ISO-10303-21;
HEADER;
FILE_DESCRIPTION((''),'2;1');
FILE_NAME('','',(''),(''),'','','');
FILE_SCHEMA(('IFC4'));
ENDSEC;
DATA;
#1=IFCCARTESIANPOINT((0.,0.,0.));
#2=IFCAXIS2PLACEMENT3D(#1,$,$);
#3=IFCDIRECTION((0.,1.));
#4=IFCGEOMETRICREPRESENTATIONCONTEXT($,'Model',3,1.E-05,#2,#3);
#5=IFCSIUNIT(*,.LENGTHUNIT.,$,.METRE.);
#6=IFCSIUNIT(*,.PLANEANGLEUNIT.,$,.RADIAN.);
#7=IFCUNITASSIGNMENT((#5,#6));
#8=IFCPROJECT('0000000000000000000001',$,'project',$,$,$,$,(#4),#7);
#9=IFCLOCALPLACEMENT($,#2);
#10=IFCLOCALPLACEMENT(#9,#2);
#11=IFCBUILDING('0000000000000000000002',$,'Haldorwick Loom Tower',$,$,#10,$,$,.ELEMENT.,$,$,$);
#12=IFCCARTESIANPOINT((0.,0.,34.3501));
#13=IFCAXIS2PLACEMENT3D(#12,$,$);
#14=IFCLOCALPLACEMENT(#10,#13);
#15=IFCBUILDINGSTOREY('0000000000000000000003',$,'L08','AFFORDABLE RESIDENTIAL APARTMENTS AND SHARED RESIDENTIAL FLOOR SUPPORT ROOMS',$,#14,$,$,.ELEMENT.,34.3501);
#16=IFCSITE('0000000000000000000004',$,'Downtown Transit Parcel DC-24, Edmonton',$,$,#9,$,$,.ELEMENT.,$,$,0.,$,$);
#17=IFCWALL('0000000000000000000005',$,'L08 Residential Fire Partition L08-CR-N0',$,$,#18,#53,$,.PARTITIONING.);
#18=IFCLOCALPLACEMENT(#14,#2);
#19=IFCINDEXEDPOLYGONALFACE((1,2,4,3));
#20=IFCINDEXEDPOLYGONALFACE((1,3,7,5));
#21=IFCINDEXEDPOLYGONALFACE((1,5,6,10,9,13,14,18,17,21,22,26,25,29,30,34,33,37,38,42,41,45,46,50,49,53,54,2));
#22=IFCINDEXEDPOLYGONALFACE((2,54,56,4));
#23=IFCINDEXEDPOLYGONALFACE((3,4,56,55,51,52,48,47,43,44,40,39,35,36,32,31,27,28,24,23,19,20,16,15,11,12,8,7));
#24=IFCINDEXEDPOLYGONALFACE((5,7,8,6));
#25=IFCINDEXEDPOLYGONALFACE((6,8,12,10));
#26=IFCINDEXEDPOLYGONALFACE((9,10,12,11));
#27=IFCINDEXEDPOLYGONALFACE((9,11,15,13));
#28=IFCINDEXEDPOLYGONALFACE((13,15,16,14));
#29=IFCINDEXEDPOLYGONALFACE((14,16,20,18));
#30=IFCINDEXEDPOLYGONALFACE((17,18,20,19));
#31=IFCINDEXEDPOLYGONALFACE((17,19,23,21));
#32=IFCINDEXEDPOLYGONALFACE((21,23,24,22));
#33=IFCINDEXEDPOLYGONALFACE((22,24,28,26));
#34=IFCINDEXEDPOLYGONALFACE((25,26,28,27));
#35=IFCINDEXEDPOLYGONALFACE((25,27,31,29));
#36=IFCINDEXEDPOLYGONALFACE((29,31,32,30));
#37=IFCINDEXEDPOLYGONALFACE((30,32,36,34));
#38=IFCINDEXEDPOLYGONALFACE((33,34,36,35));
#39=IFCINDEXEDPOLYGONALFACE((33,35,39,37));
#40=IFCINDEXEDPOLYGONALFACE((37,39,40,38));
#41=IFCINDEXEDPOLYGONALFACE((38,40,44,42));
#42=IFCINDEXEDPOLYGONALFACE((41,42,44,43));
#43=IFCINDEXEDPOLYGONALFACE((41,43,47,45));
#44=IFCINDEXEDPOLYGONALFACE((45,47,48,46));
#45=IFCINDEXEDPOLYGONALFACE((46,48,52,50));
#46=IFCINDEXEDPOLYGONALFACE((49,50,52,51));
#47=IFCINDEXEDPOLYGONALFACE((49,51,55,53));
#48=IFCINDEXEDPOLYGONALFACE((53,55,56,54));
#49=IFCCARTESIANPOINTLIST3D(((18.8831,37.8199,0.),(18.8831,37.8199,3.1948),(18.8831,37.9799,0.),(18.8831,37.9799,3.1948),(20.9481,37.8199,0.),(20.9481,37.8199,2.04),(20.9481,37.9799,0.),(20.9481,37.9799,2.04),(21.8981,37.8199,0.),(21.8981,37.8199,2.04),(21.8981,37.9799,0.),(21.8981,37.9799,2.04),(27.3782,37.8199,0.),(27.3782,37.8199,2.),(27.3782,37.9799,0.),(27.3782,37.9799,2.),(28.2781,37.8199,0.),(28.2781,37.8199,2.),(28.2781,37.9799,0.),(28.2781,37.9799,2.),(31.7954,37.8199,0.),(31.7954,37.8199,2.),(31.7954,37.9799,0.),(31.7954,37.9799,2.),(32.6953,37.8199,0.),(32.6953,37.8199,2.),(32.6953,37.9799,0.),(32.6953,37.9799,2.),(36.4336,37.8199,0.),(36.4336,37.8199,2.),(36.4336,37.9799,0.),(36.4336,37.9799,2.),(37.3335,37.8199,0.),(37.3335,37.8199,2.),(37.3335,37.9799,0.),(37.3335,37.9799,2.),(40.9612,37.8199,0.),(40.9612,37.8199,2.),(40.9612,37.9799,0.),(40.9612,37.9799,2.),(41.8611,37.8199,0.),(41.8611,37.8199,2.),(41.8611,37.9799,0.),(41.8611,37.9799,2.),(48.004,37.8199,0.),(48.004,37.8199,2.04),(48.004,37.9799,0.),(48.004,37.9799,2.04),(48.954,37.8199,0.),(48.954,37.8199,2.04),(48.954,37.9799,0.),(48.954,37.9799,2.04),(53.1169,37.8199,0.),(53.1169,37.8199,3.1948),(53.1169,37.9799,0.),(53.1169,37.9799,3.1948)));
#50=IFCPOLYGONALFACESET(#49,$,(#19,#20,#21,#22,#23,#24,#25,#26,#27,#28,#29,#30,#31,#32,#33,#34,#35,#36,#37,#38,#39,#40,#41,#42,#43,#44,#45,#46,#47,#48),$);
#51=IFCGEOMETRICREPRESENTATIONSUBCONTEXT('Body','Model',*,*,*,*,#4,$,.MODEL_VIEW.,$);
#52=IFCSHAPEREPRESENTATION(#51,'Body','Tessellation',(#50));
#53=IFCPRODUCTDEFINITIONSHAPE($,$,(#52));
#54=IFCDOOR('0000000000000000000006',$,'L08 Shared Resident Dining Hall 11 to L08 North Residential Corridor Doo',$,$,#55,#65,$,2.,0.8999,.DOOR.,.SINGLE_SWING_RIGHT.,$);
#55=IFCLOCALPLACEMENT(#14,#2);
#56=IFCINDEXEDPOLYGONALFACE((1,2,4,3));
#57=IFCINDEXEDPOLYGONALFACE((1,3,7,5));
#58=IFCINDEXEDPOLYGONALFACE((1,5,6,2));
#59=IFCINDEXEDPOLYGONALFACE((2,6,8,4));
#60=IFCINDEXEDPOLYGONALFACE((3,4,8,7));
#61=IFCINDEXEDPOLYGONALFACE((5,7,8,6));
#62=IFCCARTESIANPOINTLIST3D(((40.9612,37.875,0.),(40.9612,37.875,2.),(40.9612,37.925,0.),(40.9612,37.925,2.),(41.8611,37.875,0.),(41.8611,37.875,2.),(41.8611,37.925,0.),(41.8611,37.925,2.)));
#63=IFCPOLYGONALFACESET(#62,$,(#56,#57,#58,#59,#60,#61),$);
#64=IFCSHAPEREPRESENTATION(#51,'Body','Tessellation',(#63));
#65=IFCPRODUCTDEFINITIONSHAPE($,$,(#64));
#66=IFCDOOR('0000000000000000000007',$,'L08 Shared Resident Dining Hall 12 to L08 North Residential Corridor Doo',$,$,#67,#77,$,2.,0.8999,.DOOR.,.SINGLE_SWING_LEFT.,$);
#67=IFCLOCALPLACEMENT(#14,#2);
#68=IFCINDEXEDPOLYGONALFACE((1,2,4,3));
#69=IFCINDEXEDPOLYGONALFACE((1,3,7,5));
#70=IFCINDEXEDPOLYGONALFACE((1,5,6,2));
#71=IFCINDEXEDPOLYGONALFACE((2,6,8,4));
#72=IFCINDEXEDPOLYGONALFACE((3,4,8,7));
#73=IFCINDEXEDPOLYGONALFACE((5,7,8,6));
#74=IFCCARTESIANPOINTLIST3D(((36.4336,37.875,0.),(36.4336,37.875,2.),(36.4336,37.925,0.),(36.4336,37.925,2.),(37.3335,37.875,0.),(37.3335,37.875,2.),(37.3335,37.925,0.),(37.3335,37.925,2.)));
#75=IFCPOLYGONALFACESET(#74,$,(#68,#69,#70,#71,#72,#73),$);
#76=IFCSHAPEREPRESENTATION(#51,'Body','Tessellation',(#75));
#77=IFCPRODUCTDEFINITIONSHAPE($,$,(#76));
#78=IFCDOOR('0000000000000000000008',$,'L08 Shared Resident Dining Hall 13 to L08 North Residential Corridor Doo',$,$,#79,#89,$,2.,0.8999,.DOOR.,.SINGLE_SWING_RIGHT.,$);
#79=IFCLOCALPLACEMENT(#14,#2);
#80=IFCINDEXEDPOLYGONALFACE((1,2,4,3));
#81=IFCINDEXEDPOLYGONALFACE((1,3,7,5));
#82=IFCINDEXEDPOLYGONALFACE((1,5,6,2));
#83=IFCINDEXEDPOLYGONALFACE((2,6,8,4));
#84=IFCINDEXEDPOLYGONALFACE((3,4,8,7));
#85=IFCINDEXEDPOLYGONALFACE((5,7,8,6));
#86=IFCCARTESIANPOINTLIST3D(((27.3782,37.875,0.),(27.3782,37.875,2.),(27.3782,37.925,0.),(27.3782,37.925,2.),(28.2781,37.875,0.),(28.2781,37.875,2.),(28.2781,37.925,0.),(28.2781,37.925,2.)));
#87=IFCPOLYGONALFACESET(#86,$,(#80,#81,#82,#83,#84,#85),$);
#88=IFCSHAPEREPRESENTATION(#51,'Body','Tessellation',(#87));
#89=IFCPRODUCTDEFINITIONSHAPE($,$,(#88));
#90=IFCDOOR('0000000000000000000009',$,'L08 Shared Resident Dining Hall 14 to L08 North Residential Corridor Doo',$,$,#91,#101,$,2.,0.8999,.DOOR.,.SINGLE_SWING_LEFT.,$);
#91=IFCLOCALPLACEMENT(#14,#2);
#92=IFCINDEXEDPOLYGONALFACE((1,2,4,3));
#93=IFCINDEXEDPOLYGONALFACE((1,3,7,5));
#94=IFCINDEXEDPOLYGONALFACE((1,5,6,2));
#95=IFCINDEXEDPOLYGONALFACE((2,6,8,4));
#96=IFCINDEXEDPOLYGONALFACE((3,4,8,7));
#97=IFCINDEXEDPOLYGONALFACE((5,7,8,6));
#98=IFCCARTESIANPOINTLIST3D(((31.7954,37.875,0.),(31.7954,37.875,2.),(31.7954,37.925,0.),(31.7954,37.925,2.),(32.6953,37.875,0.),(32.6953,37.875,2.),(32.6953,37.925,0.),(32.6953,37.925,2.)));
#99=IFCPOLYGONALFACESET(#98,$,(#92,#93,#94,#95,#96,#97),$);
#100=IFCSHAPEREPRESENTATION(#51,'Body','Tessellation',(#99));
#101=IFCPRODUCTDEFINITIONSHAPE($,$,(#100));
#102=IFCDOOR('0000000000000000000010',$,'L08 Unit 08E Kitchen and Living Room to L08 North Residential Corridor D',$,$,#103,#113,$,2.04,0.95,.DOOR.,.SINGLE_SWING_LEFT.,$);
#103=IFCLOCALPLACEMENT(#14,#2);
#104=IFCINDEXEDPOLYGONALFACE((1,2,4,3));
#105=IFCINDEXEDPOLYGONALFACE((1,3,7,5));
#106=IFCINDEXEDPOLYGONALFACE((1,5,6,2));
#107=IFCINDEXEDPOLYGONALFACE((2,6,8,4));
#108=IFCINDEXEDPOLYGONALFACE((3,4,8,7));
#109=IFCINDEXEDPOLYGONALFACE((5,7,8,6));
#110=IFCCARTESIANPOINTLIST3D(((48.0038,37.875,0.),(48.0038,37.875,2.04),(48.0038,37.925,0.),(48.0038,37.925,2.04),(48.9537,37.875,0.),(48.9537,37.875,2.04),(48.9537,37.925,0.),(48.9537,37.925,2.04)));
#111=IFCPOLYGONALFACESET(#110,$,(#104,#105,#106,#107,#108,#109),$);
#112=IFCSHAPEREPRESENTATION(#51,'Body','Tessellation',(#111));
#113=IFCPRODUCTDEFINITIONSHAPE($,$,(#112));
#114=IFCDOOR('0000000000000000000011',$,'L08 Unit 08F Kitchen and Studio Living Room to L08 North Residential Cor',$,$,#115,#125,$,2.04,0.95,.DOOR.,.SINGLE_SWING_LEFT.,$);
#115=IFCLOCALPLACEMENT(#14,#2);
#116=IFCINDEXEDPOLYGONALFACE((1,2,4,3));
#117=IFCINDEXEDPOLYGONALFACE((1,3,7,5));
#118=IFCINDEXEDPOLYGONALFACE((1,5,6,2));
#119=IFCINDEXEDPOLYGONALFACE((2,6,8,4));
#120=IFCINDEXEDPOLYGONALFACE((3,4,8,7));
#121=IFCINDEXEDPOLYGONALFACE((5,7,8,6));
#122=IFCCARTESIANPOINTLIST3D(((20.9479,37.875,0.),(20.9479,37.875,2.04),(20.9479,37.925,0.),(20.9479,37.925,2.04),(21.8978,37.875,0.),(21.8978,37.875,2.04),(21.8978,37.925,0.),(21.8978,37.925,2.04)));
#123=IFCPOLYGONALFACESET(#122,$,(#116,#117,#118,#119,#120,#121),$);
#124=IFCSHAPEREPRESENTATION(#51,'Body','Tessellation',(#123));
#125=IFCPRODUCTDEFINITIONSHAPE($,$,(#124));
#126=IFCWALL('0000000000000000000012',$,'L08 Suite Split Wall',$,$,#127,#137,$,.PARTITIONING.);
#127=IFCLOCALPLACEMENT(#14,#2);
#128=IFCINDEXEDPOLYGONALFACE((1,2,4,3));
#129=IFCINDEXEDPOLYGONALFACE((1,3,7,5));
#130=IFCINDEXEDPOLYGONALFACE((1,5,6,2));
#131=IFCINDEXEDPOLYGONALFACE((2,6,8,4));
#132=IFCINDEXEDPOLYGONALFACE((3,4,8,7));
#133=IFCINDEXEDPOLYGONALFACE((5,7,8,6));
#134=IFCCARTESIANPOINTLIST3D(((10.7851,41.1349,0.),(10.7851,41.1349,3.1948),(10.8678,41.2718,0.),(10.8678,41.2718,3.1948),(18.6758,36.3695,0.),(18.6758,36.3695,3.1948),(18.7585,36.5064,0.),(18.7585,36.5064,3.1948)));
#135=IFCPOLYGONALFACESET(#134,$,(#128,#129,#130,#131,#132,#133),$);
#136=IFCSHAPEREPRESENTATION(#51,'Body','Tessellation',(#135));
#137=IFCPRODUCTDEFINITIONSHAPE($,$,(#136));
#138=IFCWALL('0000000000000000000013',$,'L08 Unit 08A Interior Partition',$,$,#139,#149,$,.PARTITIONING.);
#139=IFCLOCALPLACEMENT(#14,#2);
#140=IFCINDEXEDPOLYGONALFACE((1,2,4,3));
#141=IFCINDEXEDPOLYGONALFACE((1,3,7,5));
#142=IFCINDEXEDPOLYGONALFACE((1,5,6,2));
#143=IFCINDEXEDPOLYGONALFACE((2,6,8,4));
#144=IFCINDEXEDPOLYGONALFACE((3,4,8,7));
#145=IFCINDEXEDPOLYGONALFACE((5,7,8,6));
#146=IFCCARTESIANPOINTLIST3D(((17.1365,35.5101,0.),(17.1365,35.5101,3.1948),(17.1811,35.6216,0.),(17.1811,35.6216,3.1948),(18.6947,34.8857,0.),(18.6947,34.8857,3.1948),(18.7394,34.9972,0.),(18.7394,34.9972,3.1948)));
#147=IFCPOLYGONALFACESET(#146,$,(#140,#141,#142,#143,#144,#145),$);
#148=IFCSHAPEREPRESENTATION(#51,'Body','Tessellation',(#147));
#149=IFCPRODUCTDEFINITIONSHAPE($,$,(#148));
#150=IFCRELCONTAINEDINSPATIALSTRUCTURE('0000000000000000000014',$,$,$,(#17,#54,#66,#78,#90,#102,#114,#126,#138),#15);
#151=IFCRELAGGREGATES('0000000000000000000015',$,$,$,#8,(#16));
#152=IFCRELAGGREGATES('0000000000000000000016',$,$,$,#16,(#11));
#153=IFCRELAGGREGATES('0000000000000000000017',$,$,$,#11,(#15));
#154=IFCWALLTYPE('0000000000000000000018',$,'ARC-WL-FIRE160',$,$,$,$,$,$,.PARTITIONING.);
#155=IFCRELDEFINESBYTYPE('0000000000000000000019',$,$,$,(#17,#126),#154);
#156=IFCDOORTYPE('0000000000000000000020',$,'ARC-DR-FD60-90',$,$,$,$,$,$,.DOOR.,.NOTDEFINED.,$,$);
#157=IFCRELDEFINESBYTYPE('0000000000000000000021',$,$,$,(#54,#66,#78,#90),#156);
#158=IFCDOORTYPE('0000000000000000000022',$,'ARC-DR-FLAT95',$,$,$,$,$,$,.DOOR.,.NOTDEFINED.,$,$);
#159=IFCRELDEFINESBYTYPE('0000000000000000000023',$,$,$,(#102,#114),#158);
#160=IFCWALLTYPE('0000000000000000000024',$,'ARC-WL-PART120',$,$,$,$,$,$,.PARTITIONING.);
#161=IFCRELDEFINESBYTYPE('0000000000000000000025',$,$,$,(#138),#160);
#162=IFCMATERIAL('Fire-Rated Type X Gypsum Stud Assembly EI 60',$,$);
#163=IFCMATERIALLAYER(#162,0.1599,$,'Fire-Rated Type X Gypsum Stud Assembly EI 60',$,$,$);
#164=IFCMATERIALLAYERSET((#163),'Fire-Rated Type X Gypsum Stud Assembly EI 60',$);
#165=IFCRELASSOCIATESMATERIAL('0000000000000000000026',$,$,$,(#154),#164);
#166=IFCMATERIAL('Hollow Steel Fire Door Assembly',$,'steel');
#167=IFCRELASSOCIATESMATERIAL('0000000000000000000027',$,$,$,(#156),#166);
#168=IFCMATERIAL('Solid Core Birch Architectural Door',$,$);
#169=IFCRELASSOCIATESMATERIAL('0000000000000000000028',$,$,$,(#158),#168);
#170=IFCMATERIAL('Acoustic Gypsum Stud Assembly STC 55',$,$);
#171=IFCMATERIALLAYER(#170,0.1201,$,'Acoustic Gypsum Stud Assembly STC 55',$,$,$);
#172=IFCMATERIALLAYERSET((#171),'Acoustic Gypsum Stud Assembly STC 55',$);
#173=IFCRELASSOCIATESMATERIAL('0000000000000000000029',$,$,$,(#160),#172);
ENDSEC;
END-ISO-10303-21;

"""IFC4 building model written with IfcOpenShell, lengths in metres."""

from ifc_helpers import new_model, si_unit, direction, frame, frame_2d, origin, place, context, subcontext, project, spatial, rectangle, extrude, material, layer, layer_set, type_object, element, fill, save


model = new_model("IFC4")

# Units and contexts
model_context = context("Model", 3, precision=1e-05, world=origin(), true_north=direction((0.0, 1.0)))
body_context = subcontext(model_context, "Body", "Model", "MODEL_VIEW")
ifc_project = project(units=[si_unit("LENGTHUNIT", "METRE"), si_unit("PLANEANGLEUNIT", "RADIAN")], contexts=[model_context])

# Site, building, storey
site_placement = place(None, origin())
site = spatial("IfcSite", under=ifc_project, at=site_placement, Name="Downtown Transit Parcel DC-24, Edmonton", CompositionType="ELEMENT", RefElevation=0.0)
building_placement = place(site_placement, origin())
building = spatial("IfcBuilding", under=site, at=building_placement, Name="Haldorwick Loom Tower", CompositionType="ELEMENT")
storey_placement = place(building_placement, frame((0.0, 0.0, 34.3501)))
storey = spatial("IfcBuildingStorey", under=building, at=storey_placement, Name="L08", Description="AFFORDABLE RESIDENTIAL APARTMENTS AND SHARED RESIDENTIAL FLOOR SUPPORT ROOMS", CompositionType="ELEMENT", Elevation=34.3501)

# Shared definitions
ifc_material_1 = material(Name="Fire-Rated Type X Gypsum Stud Assembly EI 60")
ifc_layer_1 = layer(ifc_material_1, 0.1599, Name="Fire-Rated Type X Gypsum Stud Assembly EI 60")
ifc_layer_set_1 = layer_set([ifc_layer_1], Name="Fire-Rated Type X Gypsum Stud Assembly EI 60")
wall_type_1 = type_object("IfcWallType", Name="ARC-WL-FIRE160", PredefinedType="PARTITIONING", material=ifc_layer_set_1)

# Wall, openings, doors
wall_1_placement = place(storey_placement, frame((18.8831, 37.8999, 0.0), z_axis=(0.0, 0.0, 1.0), x_axis=(1.0, 0.0, 0.0)))
wall_1 = element("IfcWall", 1, at=wall_1_placement, inside=storey, type_object=wall_type_1, Name="L08 Residential Fire Partition L08-CR-N0", PredefinedType="PARTITIONING", context=body_context, shape_type="SweptSolid", body=[
    extrude(rectangle(XDim=34.2339, YDim=0.1599, at=frame_2d((17.1169, 0.0))), origin(), (0.0, 0.0, 1.0), 3.1948),
])
opening_1_placement = place(wall_1_placement, frame((29.1208, 0.0, 0.0)))
opening_1 = element("IfcOpeningElement", 2, at=opening_1_placement, cuts=wall_1, PredefinedType="OPENING", context=body_context, shape_type="SweptSolid", body=[
    extrude(rectangle(XDim=0.95, YDim=2.04, at=frame_2d((0.4751, 1.02))), frame((0.0, 0.0898, 0.0), z_axis=(0.0, -1.0, 0.0), x_axis=(1.0, 0.0, 0.0)), (0.0, 0.0, 1.0), 0.1799),
])
opening_2_placement = place(wall_1_placement, frame((2.0649, 0.0, 0.0)))
opening_2 = element("IfcOpeningElement", 3, at=opening_2_placement, cuts=wall_1, PredefinedType="OPENING", context=body_context, shape_type="SweptSolid", body=[
    extrude(rectangle(XDim=0.95, YDim=2.04, at=frame_2d((0.4751, 1.02))), frame((0.0, 0.0898, 0.0), z_axis=(0.0, -1.0, 0.0), x_axis=(1.0, 0.0, 0.0)), (0.0, 0.0, 1.0), 0.1799),
])
opening_3_placement = place(wall_1_placement, frame((22.0781, 0.0, 0.0)))
opening_3 = element("IfcOpeningElement", 4, at=opening_3_placement, cuts=wall_1, PredefinedType="OPENING", context=body_context, shape_type="SweptSolid", body=[
    extrude(rectangle(XDim=0.8999, YDim=2.0, at=frame_2d((0.45, 1.0))), frame((0.0, 0.0898, 0.0), z_axis=(0.0, -1.0, 0.0), x_axis=(1.0, 0.0, 0.0)), (0.0, 0.0, 1.0), 0.1799),
])
opening_4_placement = place(wall_1_placement, frame((17.5505, 0.0, 0.0)))
opening_4 = element("IfcOpeningElement", 5, at=opening_4_placement, cuts=wall_1, PredefinedType="OPENING", context=body_context, shape_type="SweptSolid", body=[
    extrude(rectangle(XDim=0.8999, YDim=2.0, at=frame_2d((0.45, 1.0))), frame((0.0, 0.0898, 0.0), z_axis=(0.0, -1.0, 0.0), x_axis=(1.0, 0.0, 0.0)), (0.0, 0.0, 1.0), 0.1799),
])
opening_5_placement = place(wall_1_placement, frame((8.4951, 0.0, 0.0)))
opening_5 = element("IfcOpeningElement", 6, at=opening_5_placement, cuts=wall_1, PredefinedType="OPENING", context=body_context, shape_type="SweptSolid", body=[
    extrude(rectangle(XDim=0.8999, YDim=2.0, at=frame_2d((0.45, 1.0))), frame((0.0, 0.0898, 0.0), z_axis=(0.0, -1.0, 0.0), x_axis=(1.0, 0.0, 0.0)), (0.0, 0.0, 1.0), 0.1799),
])
opening_6_placement = place(wall_1_placement, frame((12.9124, 0.0, 0.0)))
opening_6 = element("IfcOpeningElement", 7, at=opening_6_placement, cuts=wall_1, PredefinedType="OPENING", context=body_context, shape_type="SweptSolid", body=[
    extrude(rectangle(XDim=0.8999, YDim=2.0, at=frame_2d((0.45, 1.0))), frame((0.0, 0.0898, 0.0), z_axis=(0.0, -1.0, 0.0), x_axis=(1.0, 0.0, 0.0)), (0.0, 0.0, 1.0), 0.1799),
])
ifc_material_2 = material(Name="Hollow Steel Fire Door Assembly", Category="steel")
door_type_1 = type_object("IfcDoorType", Name="ARC-DR-FD60-90", OperationType="NOTDEFINED", PredefinedType="DOOR", material=ifc_material_2)
door_1_placement = place(opening_3_placement, frame((0.8999, 0.0, 0.0), z_axis=(0.0, 0.0, 1.0), x_axis=(-1.0, 0.0, 0.0)))
door_1 = element("IfcDoor", 8, at=door_1_placement, inside=storey, type_object=door_type_1, Name="L08 Shared Resident Dining Hall 11 to L08 North Residential Corridor Doo", OperationType="SINGLE_SWING_RIGHT", OverallHeight=2.0, OverallWidth=0.8999, PredefinedType="DOOR", context=body_context, shape_type="SweptSolid", body=[
    extrude(rectangle(XDim=0.8999, YDim=2.0, at=frame_2d((0.45, 1.0))), frame((0.0, 0.0249, 0.0), z_axis=(0.0, -1.0, 0.0), x_axis=(1.0, 0.0, 0.0)), (0.0, 0.0, 1.0), 0.05),
])
fill(opening_3, door_1)
door_2_placement = place(opening_4_placement, frame((0.8999, 0.0, 0.0), z_axis=(0.0, 0.0, 1.0), x_axis=(-1.0, 0.0, 0.0)))
door_2 = element("IfcDoor", 9, at=door_2_placement, inside=storey, type_object=door_type_1, Name="L08 Shared Resident Dining Hall 12 to L08 North Residential Corridor Doo", OperationType="SINGLE_SWING_LEFT", OverallHeight=2.0, OverallWidth=0.8999, PredefinedType="DOOR", context=body_context, shape_type="SweptSolid", body=[
    extrude(rectangle(XDim=0.8999, YDim=2.0, at=frame_2d((0.45, 1.0))), frame((0.0, 0.0249, 0.0), z_axis=(0.0, -1.0, 0.0), x_axis=(1.0, 0.0, 0.0)), (0.0, 0.0, 1.0), 0.05),
])
fill(opening_4, door_2)
door_3_placement = place(opening_5_placement, frame((0.8999, 0.0, 0.0), z_axis=(0.0, 0.0, 1.0), x_axis=(-1.0, 0.0, 0.0)))
door_3 = element("IfcDoor", 10, at=door_3_placement, inside=storey, type_object=door_type_1, Name="L08 Shared Resident Dining Hall 13 to L08 North Residential Corridor Doo", OperationType="SINGLE_SWING_RIGHT", OverallHeight=2.0, OverallWidth=0.8999, PredefinedType="DOOR", context=body_context, shape_type="SweptSolid", body=[
    extrude(rectangle(XDim=0.8999, YDim=2.0, at=frame_2d((0.45, 1.0))), frame((0.0, 0.0249, 0.0), z_axis=(0.0, -1.0, 0.0), x_axis=(1.0, 0.0, 0.0)), (0.0, 0.0, 1.0), 0.05),
])
fill(opening_5, door_3)
door_4_placement = place(opening_6_placement, frame((0.8999, 0.0, 0.0), z_axis=(0.0, 0.0, 1.0), x_axis=(-1.0, 0.0, 0.0)))
door_4 = element("IfcDoor", 11, at=door_4_placement, inside=storey, type_object=door_type_1, Name="L08 Shared Resident Dining Hall 14 to L08 North Residential Corridor Doo", OperationType="SINGLE_SWING_LEFT", OverallHeight=2.0, OverallWidth=0.8999, PredefinedType="DOOR", context=body_context, shape_type="SweptSolid", body=[
    extrude(rectangle(XDim=0.8999, YDim=2.0, at=frame_2d((0.45, 1.0))), frame((0.0, 0.0249, 0.0), z_axis=(0.0, -1.0, 0.0), x_axis=(1.0, 0.0, 0.0)), (0.0, 0.0, 1.0), 0.05),
])
fill(opening_6, door_4)
ifc_material_3 = material(Name="Solid Core Birch Architectural Door")
door_type_2 = type_object("IfcDoorType", Name="ARC-DR-FLAT95", OperationType="NOTDEFINED", PredefinedType="DOOR", material=ifc_material_3)
door_5_placement = place(opening_1_placement, frame((0.95, 0.0, 0.0), z_axis=(0.0, 0.0, 1.0), x_axis=(-1.0, 0.0, 0.0)))
door_5 = element("IfcDoor", 12, at=door_5_placement, inside=storey, type_object=door_type_2, Name="L08 Unit 08E Kitchen and Living Room to L08 North Residential Corridor D", OperationType="SINGLE_SWING_LEFT", OverallHeight=2.04, OverallWidth=0.95, PredefinedType="DOOR", context=body_context, shape_type="SweptSolid", body=[
    extrude(rectangle(XDim=0.95, YDim=2.04, at=frame_2d((0.4751, 1.02))), frame((0.0, 0.0249, 0.0), z_axis=(0.0, -1.0, 0.0), x_axis=(1.0, 0.0, 0.0)), (0.0, 0.0, 1.0), 0.05),
])
fill(opening_1, door_5)
door_6_placement = place(opening_2_placement, frame((0.95, 0.0, 0.0), z_axis=(0.0, 0.0, 1.0), x_axis=(-1.0, 0.0, 0.0)))
door_6 = element("IfcDoor", 13, at=door_6_placement, inside=storey, type_object=door_type_2, Name="L08 Unit 08F Kitchen and Studio Living Room to L08 North Residential Cor", OperationType="SINGLE_SWING_LEFT", OverallHeight=2.04, OverallWidth=0.95, PredefinedType="DOOR", context=body_context, shape_type="SweptSolid", body=[
    extrude(rectangle(XDim=0.95, YDim=2.04, at=frame_2d((0.4751, 1.02))), frame((0.0, 0.0249, 0.0), z_axis=(0.0, -1.0, 0.0), x_axis=(1.0, 0.0, 0.0)), (0.0, 0.0, 1.0), 0.05),
])
fill(opening_2, door_6)

# Walls
wall_2_placement = place(storey_placement, frame((18.717, 36.438, 0.0), z_axis=(0.0, 0.0, 1.0), x_axis=(-0.856005, 0.516967, 0.0)))
element("IfcWall", 14, at=wall_2_placement, inside=storey, type_object=wall_type_1, Name="L08 Suite Split Wall", PredefinedType="PARTITIONING", context=body_context, shape_type="SweptSolid", body=[
    extrude(rectangle(XDim=9.218, YDim=0.1599, at=frame_2d((4.6089, 0.0))), origin(), (0.0, 0.0, 1.0), 3.1948),
])
ifc_material_4 = material(Name="Acoustic Gypsum Stud Assembly STC 55")
ifc_layer_2 = layer(ifc_material_4, 0.1201, Name="Acoustic Gypsum Stud Assembly STC 55")
ifc_layer_set_2 = layer_set([ifc_layer_2], Name="Acoustic Gypsum Stud Assembly STC 55")
wall_type_2 = type_object("IfcWallType", Name="ARC-WL-PART120", PredefinedType="PARTITIONING", material=ifc_layer_set_2)
wall_3_placement = place(storey_placement, frame((18.717, 34.9414, 0.0), z_axis=(0.0, 0.0, 1.0), x_axis=(-0.928236, 0.371992, 0.0)))
element("IfcWall", 15, at=wall_3_placement, inside=storey, type_object=wall_type_2, Name="L08 Unit 08A Interior Partition", PredefinedType="PARTITIONING", context=body_context, shape_type="SweptSolid", body=[
    extrude(rectangle(XDim=1.6787, YDim=0.1201, at=frame_2d((0.8394, 0.0))), origin(), (0.0, 0.0, 1.0), 3.1948),
])

save(model, "model.ifc")
